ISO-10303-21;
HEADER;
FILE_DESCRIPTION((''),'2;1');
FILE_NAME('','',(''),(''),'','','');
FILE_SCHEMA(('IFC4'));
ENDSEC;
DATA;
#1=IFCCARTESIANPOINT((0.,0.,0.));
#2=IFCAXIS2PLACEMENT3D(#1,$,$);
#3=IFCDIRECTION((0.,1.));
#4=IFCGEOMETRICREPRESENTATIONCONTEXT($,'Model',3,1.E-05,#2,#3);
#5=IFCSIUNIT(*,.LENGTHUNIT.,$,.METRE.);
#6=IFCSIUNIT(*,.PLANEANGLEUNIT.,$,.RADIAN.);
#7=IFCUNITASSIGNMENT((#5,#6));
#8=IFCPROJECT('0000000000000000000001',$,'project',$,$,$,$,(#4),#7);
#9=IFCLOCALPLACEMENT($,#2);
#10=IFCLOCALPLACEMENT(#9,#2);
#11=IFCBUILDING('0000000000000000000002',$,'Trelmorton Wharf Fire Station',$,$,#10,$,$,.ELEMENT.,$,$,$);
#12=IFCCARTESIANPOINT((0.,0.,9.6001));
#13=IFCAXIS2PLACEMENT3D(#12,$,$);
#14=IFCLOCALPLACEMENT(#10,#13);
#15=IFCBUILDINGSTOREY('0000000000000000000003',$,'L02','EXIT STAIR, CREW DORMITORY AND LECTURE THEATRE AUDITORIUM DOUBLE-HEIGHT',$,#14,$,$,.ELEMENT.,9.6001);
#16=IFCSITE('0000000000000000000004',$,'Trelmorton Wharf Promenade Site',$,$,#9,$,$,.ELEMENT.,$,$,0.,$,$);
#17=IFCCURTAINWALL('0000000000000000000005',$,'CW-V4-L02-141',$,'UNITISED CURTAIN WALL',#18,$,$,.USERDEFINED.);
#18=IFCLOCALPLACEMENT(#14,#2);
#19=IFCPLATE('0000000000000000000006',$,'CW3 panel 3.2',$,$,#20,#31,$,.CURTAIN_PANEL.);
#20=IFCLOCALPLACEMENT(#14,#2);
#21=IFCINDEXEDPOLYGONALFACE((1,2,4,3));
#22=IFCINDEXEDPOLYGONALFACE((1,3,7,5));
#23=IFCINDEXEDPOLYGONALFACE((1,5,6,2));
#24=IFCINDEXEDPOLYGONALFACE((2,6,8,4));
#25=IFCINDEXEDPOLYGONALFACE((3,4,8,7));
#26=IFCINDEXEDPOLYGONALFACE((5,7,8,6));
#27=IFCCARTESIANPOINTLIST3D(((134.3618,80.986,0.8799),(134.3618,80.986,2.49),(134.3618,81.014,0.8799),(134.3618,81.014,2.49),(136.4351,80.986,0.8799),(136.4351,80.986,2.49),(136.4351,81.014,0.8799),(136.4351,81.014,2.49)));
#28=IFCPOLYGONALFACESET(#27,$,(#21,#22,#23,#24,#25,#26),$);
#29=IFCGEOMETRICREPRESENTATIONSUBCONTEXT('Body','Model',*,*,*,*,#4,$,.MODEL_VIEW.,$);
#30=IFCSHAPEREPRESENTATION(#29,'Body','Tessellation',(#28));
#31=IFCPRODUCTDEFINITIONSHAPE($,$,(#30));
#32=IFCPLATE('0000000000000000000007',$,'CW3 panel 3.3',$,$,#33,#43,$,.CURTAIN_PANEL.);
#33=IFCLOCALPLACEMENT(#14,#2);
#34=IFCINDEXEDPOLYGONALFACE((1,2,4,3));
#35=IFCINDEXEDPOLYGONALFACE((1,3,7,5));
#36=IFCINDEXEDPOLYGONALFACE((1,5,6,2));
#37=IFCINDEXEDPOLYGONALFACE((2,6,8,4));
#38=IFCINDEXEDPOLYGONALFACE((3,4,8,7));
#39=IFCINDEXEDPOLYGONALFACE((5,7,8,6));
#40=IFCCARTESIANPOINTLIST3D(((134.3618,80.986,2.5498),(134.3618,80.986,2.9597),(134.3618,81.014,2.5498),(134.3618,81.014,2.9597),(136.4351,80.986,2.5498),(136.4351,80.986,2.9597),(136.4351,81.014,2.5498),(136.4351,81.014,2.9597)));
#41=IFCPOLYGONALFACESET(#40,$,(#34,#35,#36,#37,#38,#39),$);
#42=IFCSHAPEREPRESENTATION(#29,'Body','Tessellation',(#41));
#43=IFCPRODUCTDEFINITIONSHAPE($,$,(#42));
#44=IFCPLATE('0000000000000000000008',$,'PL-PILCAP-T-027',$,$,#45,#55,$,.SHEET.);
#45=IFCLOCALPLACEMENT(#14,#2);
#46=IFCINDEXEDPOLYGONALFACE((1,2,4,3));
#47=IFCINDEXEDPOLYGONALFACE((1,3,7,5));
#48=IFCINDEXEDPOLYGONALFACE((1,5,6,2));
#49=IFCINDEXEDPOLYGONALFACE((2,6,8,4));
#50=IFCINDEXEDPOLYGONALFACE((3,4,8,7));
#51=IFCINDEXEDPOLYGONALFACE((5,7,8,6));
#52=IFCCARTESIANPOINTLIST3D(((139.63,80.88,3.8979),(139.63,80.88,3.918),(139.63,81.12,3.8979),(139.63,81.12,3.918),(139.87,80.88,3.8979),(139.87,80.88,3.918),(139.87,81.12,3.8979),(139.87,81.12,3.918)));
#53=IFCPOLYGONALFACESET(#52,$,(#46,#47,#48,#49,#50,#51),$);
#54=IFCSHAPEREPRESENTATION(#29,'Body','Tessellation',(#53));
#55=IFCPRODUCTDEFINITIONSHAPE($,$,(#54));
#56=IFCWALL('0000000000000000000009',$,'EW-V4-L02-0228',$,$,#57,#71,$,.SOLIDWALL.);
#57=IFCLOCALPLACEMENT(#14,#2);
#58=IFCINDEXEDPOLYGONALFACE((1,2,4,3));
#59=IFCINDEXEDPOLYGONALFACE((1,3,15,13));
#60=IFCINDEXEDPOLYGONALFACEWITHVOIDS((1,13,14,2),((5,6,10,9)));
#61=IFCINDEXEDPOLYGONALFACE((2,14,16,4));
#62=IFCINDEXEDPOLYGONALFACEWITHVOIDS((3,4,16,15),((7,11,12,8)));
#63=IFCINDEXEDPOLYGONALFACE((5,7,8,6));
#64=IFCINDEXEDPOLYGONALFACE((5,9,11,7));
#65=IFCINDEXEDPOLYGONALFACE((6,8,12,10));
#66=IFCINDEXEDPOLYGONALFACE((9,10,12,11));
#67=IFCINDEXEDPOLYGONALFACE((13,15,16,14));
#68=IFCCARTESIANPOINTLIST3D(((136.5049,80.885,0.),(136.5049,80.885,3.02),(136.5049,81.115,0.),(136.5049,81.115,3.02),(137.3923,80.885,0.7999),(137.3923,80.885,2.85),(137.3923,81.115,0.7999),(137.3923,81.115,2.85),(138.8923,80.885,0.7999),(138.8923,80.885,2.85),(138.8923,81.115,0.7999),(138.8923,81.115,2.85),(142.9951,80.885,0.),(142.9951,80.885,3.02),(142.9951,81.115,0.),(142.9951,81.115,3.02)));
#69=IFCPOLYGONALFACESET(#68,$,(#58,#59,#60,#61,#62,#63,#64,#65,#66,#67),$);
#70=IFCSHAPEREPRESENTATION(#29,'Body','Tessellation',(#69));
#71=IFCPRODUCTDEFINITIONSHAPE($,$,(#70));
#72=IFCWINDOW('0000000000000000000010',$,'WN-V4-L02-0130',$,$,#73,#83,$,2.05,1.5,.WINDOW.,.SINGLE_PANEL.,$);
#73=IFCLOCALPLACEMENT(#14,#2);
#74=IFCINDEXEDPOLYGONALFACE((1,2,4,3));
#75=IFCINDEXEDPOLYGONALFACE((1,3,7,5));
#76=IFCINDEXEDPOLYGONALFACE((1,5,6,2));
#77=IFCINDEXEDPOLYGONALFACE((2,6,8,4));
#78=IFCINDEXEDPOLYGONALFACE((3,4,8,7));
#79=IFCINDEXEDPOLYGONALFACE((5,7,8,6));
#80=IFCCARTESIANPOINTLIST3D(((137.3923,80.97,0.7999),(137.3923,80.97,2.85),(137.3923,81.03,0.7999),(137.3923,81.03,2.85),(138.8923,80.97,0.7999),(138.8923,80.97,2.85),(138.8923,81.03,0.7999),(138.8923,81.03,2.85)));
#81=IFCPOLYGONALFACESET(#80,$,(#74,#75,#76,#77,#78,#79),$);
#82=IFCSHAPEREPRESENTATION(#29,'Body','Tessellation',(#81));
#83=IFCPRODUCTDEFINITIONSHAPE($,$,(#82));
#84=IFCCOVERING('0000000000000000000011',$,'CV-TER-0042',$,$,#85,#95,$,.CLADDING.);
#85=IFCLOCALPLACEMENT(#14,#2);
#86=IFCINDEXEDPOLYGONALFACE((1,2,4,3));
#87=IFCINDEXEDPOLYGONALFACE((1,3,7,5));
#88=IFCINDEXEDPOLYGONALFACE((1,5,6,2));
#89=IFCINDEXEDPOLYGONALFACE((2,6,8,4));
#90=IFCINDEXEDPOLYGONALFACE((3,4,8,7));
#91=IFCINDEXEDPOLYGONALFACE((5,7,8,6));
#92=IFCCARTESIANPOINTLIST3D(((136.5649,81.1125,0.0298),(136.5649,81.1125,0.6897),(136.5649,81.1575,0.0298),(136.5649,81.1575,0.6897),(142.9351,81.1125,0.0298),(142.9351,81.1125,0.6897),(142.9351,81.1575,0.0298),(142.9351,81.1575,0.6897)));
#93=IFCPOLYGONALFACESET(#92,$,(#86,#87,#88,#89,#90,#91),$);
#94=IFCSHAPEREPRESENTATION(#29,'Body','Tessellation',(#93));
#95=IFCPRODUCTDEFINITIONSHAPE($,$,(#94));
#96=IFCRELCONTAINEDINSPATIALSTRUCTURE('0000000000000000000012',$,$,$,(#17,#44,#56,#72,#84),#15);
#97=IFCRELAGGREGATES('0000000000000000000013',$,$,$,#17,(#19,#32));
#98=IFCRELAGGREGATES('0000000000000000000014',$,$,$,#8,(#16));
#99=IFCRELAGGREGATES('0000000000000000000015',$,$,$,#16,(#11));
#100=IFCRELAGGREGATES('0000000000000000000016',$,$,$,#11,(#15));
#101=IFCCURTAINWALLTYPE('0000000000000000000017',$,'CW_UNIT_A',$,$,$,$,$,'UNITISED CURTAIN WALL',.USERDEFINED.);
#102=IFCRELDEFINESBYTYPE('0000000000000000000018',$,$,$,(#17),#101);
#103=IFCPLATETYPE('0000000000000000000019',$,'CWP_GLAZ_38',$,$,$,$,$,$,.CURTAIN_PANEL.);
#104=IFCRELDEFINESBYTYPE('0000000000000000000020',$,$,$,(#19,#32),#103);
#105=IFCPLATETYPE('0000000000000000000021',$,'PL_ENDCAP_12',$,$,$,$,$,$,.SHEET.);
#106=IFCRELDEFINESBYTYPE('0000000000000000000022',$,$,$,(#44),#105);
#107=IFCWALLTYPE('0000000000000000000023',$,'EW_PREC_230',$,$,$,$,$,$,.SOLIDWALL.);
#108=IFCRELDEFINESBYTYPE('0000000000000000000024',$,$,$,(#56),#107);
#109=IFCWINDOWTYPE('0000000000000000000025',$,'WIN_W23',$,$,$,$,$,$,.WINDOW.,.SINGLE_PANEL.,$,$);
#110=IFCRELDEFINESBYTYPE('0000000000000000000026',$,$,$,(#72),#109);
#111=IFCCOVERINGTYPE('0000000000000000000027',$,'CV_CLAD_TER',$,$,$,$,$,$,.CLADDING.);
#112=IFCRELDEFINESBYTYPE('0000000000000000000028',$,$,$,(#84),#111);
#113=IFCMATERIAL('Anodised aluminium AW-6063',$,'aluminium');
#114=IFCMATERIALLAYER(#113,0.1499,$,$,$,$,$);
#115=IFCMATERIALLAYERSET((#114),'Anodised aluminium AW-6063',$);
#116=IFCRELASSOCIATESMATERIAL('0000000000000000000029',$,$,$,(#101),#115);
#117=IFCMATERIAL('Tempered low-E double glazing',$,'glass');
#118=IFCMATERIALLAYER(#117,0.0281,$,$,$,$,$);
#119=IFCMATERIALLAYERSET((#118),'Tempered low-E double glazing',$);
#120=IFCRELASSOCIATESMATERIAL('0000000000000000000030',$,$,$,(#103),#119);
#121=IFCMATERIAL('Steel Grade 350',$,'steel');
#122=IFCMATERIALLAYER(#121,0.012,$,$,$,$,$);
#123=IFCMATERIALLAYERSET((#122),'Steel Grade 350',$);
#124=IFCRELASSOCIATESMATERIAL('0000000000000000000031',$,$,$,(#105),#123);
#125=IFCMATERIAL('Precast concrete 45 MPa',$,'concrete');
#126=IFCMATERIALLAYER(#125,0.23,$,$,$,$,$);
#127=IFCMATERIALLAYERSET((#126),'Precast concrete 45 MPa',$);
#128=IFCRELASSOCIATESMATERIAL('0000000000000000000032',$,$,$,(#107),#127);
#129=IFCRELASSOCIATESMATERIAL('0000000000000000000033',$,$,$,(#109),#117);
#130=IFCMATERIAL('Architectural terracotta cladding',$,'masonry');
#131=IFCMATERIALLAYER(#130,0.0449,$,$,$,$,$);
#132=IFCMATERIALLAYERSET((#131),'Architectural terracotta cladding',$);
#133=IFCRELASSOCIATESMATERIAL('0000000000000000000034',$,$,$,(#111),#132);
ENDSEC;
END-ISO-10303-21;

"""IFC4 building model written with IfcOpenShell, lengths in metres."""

from ifc_helpers import new_model, si_unit, direction, frame, frame_2d, origin, origin_2d, place, context, subcontext, project, spatial, rectangle, extrude, material, layer, layer_set, type_object, element, fill, aggregate, save


model = new_model("IFC4")

# Units and contexts
model_context = context("Model", 3, precision=1e-05, world=origin(), true_north=direction((0.0, 1.0)))
body_context = subcontext(model_context, "Body", "Model", "MODEL_VIEW")
ifc_project = project(units=[si_unit("LENGTHUNIT", "METRE"), si_unit("PLANEANGLEUNIT", "RADIAN")], contexts=[model_context])

# Site, building, storey
site_placement = place(None, origin())
site = spatial("IfcSite", under=ifc_project, at=site_placement, Name="Trelmorton Wharf Promenade Site", CompositionType="ELEMENT", RefElevation=0.0)
building_placement = place(site_placement, origin())
building = spatial("IfcBuilding", under=site, at=building_placement, Name="Trelmorton Wharf Fire Station", CompositionType="ELEMENT")
storey_placement = place(building_placement, frame((0.0, 0.0, 9.6001)))
storey = spatial("IfcBuildingStorey", under=building, at=storey_placement, Name="L02", Description="EXIT STAIR, CREW DORMITORY AND LECTURE THEATRE AUDITORIUM DOUBLE-HEIGHT", CompositionType="ELEMENT", Elevation=9.6001)

# Shared definitions
ifc_material_1 = material(Name="Steel Grade 350", Category="steel")

# Curtain wall
ifc_material_2 = material(Name="Anodised aluminium AW-6063", Category="aluminium")
ifc_layer_1 = layer(ifc_material_2, 0.1499)
ifc_layer_set_1 = layer_set([ifc_layer_1], Name="Anodised aluminium AW-6063")
curtain_wall_type = type_object("IfcCurtainWallType", Name="CW_UNIT_A", ElementType="UNITISED CURTAIN WALL", PredefinedType="USERDEFINED", material=ifc_layer_set_1)
curtain_wall_placement = place(storey_placement, origin())
curtain_wall = element("IfcCurtainWall", 1, at=curtain_wall_placement, inside=storey, type_object=curtain_wall_type, Name="CW-V4-L02-141", ObjectType="UNITISED CURTAIN WALL", PredefinedType="USERDEFINED")

# Plates
ifc_material_3 = material(Name="Tempered low-E double glazing", Category="glass")
ifc_layer_2 = layer(ifc_material_3, 0.0281)
ifc_layer_set_2 = layer_set([ifc_layer_2], Name="Tempered low-E double glazing")
plate_type_1 = type_object("IfcPlateType", Name="CWP_GLAZ_38", PredefinedType="CURTAIN_PANEL", material=ifc_layer_set_2)
plate_1_placement = place(storey_placement, frame((135.3984, 81.0, 0.8799), z_axis=(0.0, 0.0, 1.0), x_axis=(1.0, 0.0, 0.0)))
plate_1 = element("IfcPlate", 2, at=plate_1_placement, type_object=plate_type_1, Name="CW3 panel 3.2", PredefinedType="CURTAIN_PANEL", context=body_context, shape_type="SweptSolid", body=[
    extrude(rectangle(XDim=2.0732, YDim=0.0281, at=origin_2d()), origin(), (0.0, 0.0, 1.0), 1.6101),
])
plate_2_placement = place(storey_placement, frame((135.3984, 81.0, 2.5498), z_axis=(0.0, 0.0, 1.0), x_axis=(1.0, 0.0, 0.0)))
plate_2 = element("IfcPlate", 3, at=plate_2_placement, type_object=plate_type_1, Name="CW3 panel 3.3", PredefinedType="CURTAIN_PANEL", context=body_context, shape_type="SweptSolid", body=[
    extrude(rectangle(XDim=2.0732, YDim=0.0281, at=origin_2d()), origin(), (0.0, 0.0, 1.0), 0.4099),
])
aggregate(curtain_wall, [plate_1, plate_2])
ifc_layer_3 = layer(ifc_material_1, 0.012)
ifc_layer_set_3 = layer_set([ifc_layer_3], Name="Steel Grade 350")
plate_type_2 = type_object("IfcPlateType", Name="PL_ENDCAP_12", PredefinedType="SHEET", material=ifc_layer_set_3)
plate_3_placement = place(storey_placement, frame((139.75, 81.0, 3.8979), z_axis=(0.0, 0.0, 1.0), x_axis=(1.0, 0.0, 0.0)))
element("IfcPlate", 4, at=plate_3_placement, inside=storey, type_object=plate_type_2, Name="PL-PILCAP-T-027", PredefinedType="SHEET", context=body_context, shape_type="SweptSolid", body=[
    extrude(rectangle(XDim=0.24, YDim=0.24, at=origin_2d()), origin(), (0.0, 0.0, 1.0), 0.02),
])

# Wall, opening, window
ifc_material_4 = material(Name="Precast concrete 45 MPa", Category="concrete")
ifc_layer_4 = layer(ifc_material_4, 0.23)
ifc_layer_set_4 = layer_set([ifc_layer_4], Name="Precast concrete 45 MPa")
wall_type = type_object("IfcWallType", Name="EW_PREC_230", PredefinedType="SOLIDWALL", material=ifc_layer_set_4)
wall_placement = place(storey_placement, frame((136.5049, 81.0, 0.0), z_axis=(0.0, 0.0, 1.0), x_axis=(1.0, 0.0, 0.0)))
wall = element("IfcWall", 5, at=wall_placement, inside=storey, type_object=wall_type, Name="EW-V4-L02-0228", PredefinedType="SOLIDWALL", context=body_context, shape_type="SweptSolid", body=[
    extrude(rectangle(XDim=6.4902, YDim=0.23, at=frame_2d((3.2451, 0.0))), origin(), (0.0, 0.0, 1.0), 3.02),
])
opening_placement = place(wall_placement, frame((0.8875, 0.0, 0.8)))
opening = element("IfcOpeningElement", 6, at=opening_placement, cuts=wall, PredefinedType="OPENING", context=body_context, shape_type="SweptSolid", body=[
    extrude(rectangle(XDim=1.5, YDim=2.05, at=frame_2d((0.75, 1.0249))), frame((0.0, 0.125, 0.0), z_axis=(0.0, -1.0, 0.0), x_axis=(1.0, 0.0, 0.0)), (0.0, 0.0, 1.0), 0.25),
])
window_type = type_object("IfcWindowType", Name="WIN_W23", PartitioningType="SINGLE_PANEL", PredefinedType="WINDOW", material=ifc_material_3)
window_placement = place(opening_placement, origin())
window = element("IfcWindow", 7, at=window_placement, inside=storey, type_object=window_type, Name="WN-V4-L02-0130", OverallHeight=2.05, OverallWidth=1.5, PartitioningType="SINGLE_PANEL", PredefinedType="WINDOW", context=body_context, shape_type="SweptSolid", body=[
    extrude(rectangle(XDim=1.5, YDim=2.05, at=frame_2d((0.75, 1.0249))), frame((0.0, 0.03, 0.0), z_axis=(0.0, -1.0, 0.0), x_axis=(1.0, 0.0, 0.0)), (0.0, 0.0, 1.0), 0.0601),
])
fill(opening, window)

# Covering
ifc_material_5 = material(Name="Architectural terracotta cladding", Category="masonry")
ifc_layer_5 = layer(ifc_material_5, 0.0449)
ifc_layer_set_5 = layer_set([ifc_layer_5], Name="Architectural terracotta cladding")
covering_type = type_object("IfcCoveringType", Name="CV_CLAD_TER", PredefinedType="CLADDING", material=ifc_layer_set_5)
covering_placement = place(storey_placement, frame((139.75, 81.135, 0.0298), z_axis=(0.0, 0.0, 1.0), x_axis=(1.0, 0.0, 0.0)))
element("IfcCovering", 8, at=covering_placement, inside=storey, type_object=covering_type, Name="CV-TER-0042", PredefinedType="CLADDING", context=body_context, shape_type="SweptSolid", body=[
    extrude(rectangle(XDim=6.3701, YDim=0.0449, at=origin_2d()), origin(), (0.0, 0.0, 1.0), 0.6599),
])

save(model, "model.ifc")
